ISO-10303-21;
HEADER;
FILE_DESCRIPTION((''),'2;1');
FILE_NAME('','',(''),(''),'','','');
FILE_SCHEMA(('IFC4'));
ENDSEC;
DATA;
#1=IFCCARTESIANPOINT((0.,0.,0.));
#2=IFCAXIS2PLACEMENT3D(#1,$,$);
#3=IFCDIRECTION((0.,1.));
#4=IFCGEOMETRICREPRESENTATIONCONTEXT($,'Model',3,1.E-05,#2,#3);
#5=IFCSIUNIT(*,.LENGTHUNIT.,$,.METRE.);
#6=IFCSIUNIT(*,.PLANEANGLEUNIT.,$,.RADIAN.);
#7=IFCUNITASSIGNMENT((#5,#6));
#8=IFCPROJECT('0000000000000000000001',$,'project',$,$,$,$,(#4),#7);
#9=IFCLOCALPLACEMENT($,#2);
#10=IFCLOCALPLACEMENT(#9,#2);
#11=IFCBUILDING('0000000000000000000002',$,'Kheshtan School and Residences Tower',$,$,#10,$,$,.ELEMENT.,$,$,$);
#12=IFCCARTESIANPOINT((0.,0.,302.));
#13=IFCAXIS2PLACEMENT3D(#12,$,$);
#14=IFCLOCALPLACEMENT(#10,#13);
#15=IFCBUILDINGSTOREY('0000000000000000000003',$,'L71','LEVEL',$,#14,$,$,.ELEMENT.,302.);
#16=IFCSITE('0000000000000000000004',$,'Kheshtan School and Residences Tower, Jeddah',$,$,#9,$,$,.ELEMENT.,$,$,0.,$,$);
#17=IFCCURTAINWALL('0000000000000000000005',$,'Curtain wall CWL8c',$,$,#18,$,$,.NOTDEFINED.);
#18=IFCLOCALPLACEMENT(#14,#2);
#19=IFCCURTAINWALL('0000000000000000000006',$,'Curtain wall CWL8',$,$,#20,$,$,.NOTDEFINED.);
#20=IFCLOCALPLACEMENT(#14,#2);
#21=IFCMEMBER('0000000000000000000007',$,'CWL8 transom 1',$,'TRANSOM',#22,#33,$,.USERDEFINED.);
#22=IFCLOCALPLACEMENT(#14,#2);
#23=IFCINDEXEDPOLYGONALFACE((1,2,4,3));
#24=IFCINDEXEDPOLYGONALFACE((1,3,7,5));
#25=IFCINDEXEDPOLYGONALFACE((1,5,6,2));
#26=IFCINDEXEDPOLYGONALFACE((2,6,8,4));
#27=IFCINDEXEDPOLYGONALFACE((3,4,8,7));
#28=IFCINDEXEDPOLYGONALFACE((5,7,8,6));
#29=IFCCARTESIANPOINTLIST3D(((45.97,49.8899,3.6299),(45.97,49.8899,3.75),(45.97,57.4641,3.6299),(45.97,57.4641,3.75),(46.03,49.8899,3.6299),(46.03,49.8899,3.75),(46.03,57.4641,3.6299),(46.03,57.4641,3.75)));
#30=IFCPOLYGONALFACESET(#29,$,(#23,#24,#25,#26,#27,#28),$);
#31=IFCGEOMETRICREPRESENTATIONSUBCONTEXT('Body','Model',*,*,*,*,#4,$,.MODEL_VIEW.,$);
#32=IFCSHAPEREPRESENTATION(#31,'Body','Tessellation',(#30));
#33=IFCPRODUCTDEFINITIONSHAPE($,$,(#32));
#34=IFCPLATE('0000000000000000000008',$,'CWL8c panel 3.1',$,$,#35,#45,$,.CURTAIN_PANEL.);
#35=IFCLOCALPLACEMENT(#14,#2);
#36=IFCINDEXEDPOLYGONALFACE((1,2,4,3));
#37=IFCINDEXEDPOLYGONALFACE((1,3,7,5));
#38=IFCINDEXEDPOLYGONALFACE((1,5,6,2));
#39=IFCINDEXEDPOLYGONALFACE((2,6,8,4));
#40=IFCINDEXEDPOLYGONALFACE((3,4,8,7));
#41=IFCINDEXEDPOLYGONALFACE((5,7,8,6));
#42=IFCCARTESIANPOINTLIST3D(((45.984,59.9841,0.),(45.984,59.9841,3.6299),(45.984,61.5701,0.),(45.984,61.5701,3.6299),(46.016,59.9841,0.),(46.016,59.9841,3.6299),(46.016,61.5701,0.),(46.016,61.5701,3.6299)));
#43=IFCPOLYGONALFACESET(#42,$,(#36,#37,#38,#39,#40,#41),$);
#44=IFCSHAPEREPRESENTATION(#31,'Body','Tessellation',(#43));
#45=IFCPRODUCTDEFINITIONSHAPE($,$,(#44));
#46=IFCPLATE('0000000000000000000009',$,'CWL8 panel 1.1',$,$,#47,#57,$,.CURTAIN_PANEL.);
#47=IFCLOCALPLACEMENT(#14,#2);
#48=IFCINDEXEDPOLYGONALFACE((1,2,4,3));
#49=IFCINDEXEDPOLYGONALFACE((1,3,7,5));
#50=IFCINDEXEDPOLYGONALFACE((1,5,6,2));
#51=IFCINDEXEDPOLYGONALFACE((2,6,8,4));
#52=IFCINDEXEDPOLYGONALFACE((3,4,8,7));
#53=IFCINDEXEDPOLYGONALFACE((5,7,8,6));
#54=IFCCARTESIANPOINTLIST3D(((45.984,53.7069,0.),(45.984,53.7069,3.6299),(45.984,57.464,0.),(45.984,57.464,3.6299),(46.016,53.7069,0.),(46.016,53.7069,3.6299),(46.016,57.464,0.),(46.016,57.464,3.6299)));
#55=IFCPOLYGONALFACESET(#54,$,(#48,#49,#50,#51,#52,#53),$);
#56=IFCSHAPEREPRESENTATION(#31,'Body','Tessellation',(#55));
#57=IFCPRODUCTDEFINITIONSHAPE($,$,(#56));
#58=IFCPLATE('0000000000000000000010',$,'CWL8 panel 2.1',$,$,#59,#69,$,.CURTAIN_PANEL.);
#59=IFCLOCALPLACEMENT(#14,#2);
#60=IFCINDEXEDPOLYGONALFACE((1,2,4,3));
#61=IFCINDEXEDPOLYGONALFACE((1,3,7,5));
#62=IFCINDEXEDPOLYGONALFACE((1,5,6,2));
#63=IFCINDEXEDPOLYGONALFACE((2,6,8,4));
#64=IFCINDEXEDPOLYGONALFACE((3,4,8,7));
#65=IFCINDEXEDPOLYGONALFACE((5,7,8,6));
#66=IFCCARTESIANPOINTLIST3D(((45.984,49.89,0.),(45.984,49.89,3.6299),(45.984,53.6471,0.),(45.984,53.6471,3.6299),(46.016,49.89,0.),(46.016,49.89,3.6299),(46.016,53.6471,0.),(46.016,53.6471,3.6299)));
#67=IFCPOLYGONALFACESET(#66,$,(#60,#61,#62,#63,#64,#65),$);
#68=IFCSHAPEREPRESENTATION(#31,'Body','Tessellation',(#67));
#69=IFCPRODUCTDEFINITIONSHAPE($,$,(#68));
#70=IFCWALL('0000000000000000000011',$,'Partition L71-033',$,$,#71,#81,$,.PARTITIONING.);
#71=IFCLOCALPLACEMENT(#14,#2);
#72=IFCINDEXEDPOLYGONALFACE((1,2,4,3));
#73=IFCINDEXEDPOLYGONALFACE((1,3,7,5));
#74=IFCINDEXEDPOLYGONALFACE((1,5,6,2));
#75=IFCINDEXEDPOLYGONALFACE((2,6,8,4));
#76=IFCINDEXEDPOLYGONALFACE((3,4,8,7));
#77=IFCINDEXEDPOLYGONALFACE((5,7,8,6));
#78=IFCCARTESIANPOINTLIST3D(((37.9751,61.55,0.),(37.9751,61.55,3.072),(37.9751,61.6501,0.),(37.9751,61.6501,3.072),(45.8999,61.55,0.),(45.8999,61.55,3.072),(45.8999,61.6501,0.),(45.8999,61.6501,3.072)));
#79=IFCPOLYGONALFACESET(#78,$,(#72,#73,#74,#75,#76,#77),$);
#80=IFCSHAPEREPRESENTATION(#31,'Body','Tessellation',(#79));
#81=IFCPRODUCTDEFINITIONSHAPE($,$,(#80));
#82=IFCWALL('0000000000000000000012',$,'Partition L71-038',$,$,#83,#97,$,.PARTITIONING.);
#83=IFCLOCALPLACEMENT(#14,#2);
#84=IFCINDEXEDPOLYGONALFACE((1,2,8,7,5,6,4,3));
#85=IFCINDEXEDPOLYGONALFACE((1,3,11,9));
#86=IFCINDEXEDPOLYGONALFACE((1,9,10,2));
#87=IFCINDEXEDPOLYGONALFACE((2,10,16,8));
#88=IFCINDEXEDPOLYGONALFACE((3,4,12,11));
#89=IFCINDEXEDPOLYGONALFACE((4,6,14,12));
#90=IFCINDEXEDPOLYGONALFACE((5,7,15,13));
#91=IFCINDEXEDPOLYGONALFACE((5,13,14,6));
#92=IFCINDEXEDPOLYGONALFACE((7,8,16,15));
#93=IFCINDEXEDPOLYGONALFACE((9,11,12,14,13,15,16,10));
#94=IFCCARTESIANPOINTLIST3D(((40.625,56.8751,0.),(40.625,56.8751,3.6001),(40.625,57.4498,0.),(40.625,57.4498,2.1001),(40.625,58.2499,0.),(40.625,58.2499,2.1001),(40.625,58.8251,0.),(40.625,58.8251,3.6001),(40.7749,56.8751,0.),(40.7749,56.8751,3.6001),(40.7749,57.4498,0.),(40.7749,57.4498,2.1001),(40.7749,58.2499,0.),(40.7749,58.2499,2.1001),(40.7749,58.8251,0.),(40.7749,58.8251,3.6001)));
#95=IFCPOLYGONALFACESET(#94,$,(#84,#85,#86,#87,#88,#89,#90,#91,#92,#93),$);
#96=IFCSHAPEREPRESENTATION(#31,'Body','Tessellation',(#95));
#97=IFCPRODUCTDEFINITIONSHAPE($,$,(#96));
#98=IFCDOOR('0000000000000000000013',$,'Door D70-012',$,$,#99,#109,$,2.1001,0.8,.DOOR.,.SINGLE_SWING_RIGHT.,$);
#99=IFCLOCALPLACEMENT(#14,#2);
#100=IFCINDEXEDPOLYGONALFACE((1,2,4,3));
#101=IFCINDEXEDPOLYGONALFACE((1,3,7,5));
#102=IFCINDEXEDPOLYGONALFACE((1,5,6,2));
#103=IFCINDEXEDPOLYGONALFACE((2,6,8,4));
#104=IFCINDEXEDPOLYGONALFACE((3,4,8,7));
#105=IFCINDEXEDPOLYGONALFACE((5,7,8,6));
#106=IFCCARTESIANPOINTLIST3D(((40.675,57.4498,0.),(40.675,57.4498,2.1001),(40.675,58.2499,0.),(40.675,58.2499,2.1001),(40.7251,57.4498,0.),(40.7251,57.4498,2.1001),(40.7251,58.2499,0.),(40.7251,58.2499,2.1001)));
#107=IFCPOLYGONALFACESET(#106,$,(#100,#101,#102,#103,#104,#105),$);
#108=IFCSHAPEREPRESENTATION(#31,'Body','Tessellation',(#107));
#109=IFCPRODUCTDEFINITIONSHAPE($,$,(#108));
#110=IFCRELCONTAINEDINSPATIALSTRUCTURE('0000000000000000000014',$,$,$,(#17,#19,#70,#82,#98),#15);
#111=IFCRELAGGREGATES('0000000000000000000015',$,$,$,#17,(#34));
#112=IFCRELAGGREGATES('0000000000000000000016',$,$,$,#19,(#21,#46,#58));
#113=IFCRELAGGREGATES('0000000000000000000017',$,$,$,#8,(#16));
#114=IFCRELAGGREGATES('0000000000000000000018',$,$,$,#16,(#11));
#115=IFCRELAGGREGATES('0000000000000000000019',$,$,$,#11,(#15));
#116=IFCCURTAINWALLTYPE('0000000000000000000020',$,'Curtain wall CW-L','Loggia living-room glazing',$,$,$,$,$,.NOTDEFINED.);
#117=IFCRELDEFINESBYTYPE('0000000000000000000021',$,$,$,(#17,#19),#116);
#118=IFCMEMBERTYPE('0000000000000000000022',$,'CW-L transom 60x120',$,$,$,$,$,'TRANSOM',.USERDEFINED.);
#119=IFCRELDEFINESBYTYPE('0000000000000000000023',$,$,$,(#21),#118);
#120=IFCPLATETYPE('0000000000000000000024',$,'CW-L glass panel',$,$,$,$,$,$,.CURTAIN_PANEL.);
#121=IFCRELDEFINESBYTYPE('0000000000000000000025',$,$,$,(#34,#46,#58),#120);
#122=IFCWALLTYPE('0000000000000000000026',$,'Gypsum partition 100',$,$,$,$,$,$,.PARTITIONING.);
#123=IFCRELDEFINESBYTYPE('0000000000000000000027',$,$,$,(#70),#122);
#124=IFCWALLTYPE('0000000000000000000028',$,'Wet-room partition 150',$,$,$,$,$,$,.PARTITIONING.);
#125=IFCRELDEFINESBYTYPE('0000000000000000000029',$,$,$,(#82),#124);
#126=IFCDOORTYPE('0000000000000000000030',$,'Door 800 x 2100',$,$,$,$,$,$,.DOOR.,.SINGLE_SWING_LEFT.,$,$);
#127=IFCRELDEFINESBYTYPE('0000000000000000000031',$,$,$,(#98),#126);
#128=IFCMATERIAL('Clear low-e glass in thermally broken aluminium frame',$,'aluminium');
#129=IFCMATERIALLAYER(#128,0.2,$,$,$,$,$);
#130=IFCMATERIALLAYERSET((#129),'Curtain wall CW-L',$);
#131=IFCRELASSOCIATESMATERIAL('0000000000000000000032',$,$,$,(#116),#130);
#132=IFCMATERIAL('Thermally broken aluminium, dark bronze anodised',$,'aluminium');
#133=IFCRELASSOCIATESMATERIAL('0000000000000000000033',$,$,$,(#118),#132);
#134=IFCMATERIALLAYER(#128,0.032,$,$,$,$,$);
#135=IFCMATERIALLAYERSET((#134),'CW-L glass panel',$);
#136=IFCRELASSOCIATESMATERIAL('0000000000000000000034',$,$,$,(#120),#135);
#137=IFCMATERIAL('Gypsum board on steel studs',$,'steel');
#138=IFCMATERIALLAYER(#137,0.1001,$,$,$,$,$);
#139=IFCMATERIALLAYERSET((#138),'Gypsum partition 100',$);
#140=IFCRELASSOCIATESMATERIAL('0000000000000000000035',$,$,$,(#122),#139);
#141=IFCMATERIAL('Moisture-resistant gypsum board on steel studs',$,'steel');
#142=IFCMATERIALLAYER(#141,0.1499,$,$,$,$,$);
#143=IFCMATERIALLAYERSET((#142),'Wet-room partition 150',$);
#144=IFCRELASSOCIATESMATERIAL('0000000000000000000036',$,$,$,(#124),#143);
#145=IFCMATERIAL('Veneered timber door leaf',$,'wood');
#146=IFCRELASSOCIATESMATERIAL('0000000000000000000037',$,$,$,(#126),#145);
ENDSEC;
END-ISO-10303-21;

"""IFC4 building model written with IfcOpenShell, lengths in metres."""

from ifc_helpers import new_model, si_unit, direction, frame, frame_2d, origin, origin_2d, place, context, subcontext, project, spatial, rectangle, extrude, source, transform, mapped, material, layer, layer_set, material_profile, profile_set, type_object, element, fill, aggregate, save


model = new_model("IFC4")

# Units and contexts
model_context = context("Model", 3, precision=1e-05, world=origin(), true_north=direction((0.0, 1.0)))
body_context = subcontext(model_context, "Body", "Model", "MODEL_VIEW")
ifc_project = project(units=[si_unit("LENGTHUNIT", "METRE"), si_unit("PLANEANGLEUNIT", "RADIAN")], contexts=[model_context])

# Site, building, storey
site_placement = place(None, origin())
site = spatial("IfcSite", under=ifc_project, at=site_placement, Name="Kheshtan School and Residences Tower, Jeddah", CompositionType="ELEMENT", RefElevation=0.0)
building_placement = place(site_placement, origin())
building = spatial("IfcBuilding", under=site, at=building_placement, Name="Kheshtan School and Residences Tower", CompositionType="ELEMENT")
storey_placement = place(building_placement, frame((0.0, 0.0, 302.0)))
storey = spatial("IfcBuildingStorey", under=building, at=storey_placement, Name="L71", Description="LEVEL", CompositionType="ELEMENT", Elevation=302.0)

# Curtain walls, member
ifc_material_1 = material(Name="Clear low-e glass in thermally broken aluminium frame", Category="aluminium")
ifc_layer_1 = layer(ifc_material_1, 0.2)
ifc_layer_set_1 = layer_set([ifc_layer_1], Name="Curtain wall CW-L")
curtain_wall_type = type_object("IfcCurtainWallType", Name="Curtain wall CW-L", Description="Loggia living-room glazing", PredefinedType="NOTDEFINED", material=ifc_layer_set_1)
curtain_wall_1_placement = place(storey_placement, origin())
curtain_wall_1 = element("IfcCurtainWall", 1, at=curtain_wall_1_placement, inside=storey, type_object=curtain_wall_type, Name="Curtain wall CWL8c", PredefinedType="NOTDEFINED")
ifc_material_2 = material(Name="Thermally broken aluminium, dark bronze anodised", Category="aluminium")
curtain_wall_2_placement = place(storey_placement, origin())
curtain_wall_2 = element("IfcCurtainWall", 2, at=curtain_wall_2_placement, inside=storey, type_object=curtain_wall_type, Name="Curtain wall CWL8", PredefinedType="NOTDEFINED")
ifc_material_profile_1 = material_profile(ifc_material_2, rectangle(XDim=0.0601, YDim=0.1201, at=origin_2d()), Name="CW-L transom 60x120")
ifc_profile_set_1 = profile_set([ifc_material_profile_1], Name="Thermally broken aluminium, dark bronze anodised")
member_type_1 = type_object("IfcMemberType", Name="CW-L transom 60x120", ElementType="TRANSOM", PredefinedType="USERDEFINED", material=ifc_profile_set_1)
member_1_placement = place(storey_placement, frame((46.0, 57.4641, 3.6899), z_axis=(0.0, -1.0, 0.0), x_axis=(1.0, 0.0, 0.0)))
member_1 = element("IfcMember", 3, at=member_1_placement, type_object=member_type_1, Name="CWL8 transom 1", ObjectType="TRANSOM", PredefinedType="USERDEFINED", context=body_context, shape_type="SweptSolid", body=[
    extrude(rectangle(XDim=0.0601, YDim=0.1201, at=origin_2d()), origin(), (0.0, 0.0, 1.0), 7.5742),
])

# Plates
ifc_layer_2 = layer(ifc_material_1, 0.032)
ifc_layer_set_2 = layer_set([ifc_layer_2], Name="CW-L glass panel")
plate_type = type_object("IfcPlateType", Name="CW-L glass panel", PredefinedType="CURTAIN_PANEL", material=ifc_layer_set_2)
plate_1_placement = place(storey_placement, frame((46.0, 60.7771, 0.0), z_axis=(0.0, 0.0, 1.0), x_axis=(0.0, -1.0, 0.0)))
plate_1 = element("IfcPlate", 4, at=plate_1_placement, type_object=plate_type, Name="CWL8c panel 3.1", PredefinedType="CURTAIN_PANEL", context=body_context, shape_type="SweptSolid", body=[
    extrude(rectangle(XDim=1.5859, YDim=0.032, at=origin_2d()), origin(), (0.0, 0.0, 1.0), 3.6299),
])
aggregate(curtain_wall_1, [plate_1])
plate_2_placement = place(storey_placement, frame((46.0, 55.5854, 0.0), z_axis=(0.0, 0.0, 1.0), x_axis=(0.0, -1.0, 0.0)))
plate_2 = element("IfcPlate", 5, at=plate_2_placement, type_object=plate_type, Name="CWL8 panel 1.1", PredefinedType="CURTAIN_PANEL", context=body_context, shape_type="SweptSolid", body=[
    extrude(rectangle(XDim=3.7571, YDim=0.032, at=origin_2d()), origin(), (0.0, 0.0, 1.0), 3.6299),
])
plate_3_placement = place(storey_placement, frame((46.0, 51.7686, 0.0), z_axis=(0.0, 0.0, 1.0), x_axis=(0.0, -1.0, 0.0)))
plate_3 = element("IfcPlate", 6, at=plate_3_placement, type_object=plate_type, Name="CWL8 panel 2.1", PredefinedType="CURTAIN_PANEL", context=body_context, shape_type="SweptSolid", body=[
    extrude(rectangle(XDim=3.7571, YDim=0.032, at=origin_2d()), origin(), (0.0, 0.0, 1.0), 3.6299),
])
aggregate(curtain_wall_2, [member_1, plate_2, plate_3])

# Wall
ifc_material_3 = material(Name="Gypsum board on steel studs", Category="steel")
ifc_layer_3 = layer(ifc_material_3, 0.1001)
ifc_layer_set_3 = layer_set([ifc_layer_3], Name="Gypsum partition 100")
wall_type_1 = type_object("IfcWallType", Name="Gypsum partition 100", PredefinedType="PARTITIONING", material=ifc_layer_set_3)
wall_1_placement = place(storey_placement, frame((37.9751, 61.6001, 0.0), z_axis=(0.0, 0.0, 1.0), x_axis=(1.0, 0.0, 0.0)))
element("IfcWall", 7, at=wall_1_placement, inside=storey, type_object=wall_type_1, Name="Partition L71-033", PredefinedType="PARTITIONING", context=body_context, shape_type="SweptSolid", body=[
    extrude(rectangle(XDim=7.9248, YDim=0.1001, at=frame_2d((3.9624, 0.0))), origin(), (0.0, 0.0, 1.0), 3.072),
])

# Wall, opening, door
ifc_material_4 = material(Name="Moisture-resistant gypsum board on steel studs", Category="steel")
ifc_layer_4 = layer(ifc_material_4, 0.1499)
ifc_layer_set_4 = layer_set([ifc_layer_4], Name="Wet-room partition 150")
wall_type_2 = type_object("IfcWallType", Name="Wet-room partition 150", PredefinedType="PARTITIONING", material=ifc_layer_set_4)
wall_2_placement = place(storey_placement, frame((40.7, 56.875, 0.0), z_axis=(0.0, 0.0, 1.0), x_axis=(0.0, 1.0, 0.0)))
wall_2 = element("IfcWall", 8, at=wall_2_placement, inside=storey, type_object=wall_type_2, Name="Partition L71-038", PredefinedType="PARTITIONING", context=body_context, shape_type="SweptSolid", body=[
    extrude(rectangle(XDim=1.95, YDim=0.1499, at=frame_2d((0.9751, 0.0))), origin(), (0.0, 0.0, 1.0), 3.6001),
])
opening_1_placement = place(wall_2_placement, frame((0.575, 0.0, 0.0)))
opening_1 = element("IfcOpeningElement", 9, at=opening_1_placement, cuts=wall_2, PredefinedType="OPENING", context=body_context, shape_type="SweptSolid", body=[
    extrude(rectangle(XDim=0.8, YDim=2.1001, at=frame_2d((0.3999, 1.05))), frame((0.0, 0.085, 0.0), z_axis=(0.0, -1.0, 0.0), x_axis=(1.0, 0.0, 0.0)), (0.0, 0.0, 1.0), 0.1699),
])
ifc_material_5 = material(Name="Veneered timber door leaf", Category="wood")
door_type_1 = type_object("IfcDoorType", Name="Door 800 x 2100", OperationType="SINGLE_SWING_LEFT", PredefinedType="DOOR", material=ifc_material_5)
shared_shape_1 = source(origin(), body_context, "Body", "SweptSolid", [
    extrude(rectangle(XDim=0.8, YDim=2.1001, at=frame_2d((0.3999, 1.05))), frame((0.0, 0.0249, 0.0), z_axis=(0.0, -1.0, 0.0), x_axis=(1.0, 0.0, 0.0)), (0.0, 0.0, 1.0), 0.05),
])
door_1_placement = place(opening_1_placement, origin())
door_1 = element("IfcDoor", 10, at=door_1_placement, inside=storey, type_object=door_type_1, Name="Door D70-012", OperationType="SINGLE_SWING_RIGHT", OverallHeight=2.1001, OverallWidth=0.8, PredefinedType="DOOR", context=body_context, shape_type="MappedRepresentation", body=[
    mapped(shared_shape_1, transform((0.0, 0.0, 0.0), x_axis=(1.0, 0.0, 0.0), y_axis=(0.0, 1.0, 0.0), z_axis=(0.0, 0.0, 1.0), scale=1.0)),
])
fill(opening_1, door_1)

save(model, "model.ifc")
